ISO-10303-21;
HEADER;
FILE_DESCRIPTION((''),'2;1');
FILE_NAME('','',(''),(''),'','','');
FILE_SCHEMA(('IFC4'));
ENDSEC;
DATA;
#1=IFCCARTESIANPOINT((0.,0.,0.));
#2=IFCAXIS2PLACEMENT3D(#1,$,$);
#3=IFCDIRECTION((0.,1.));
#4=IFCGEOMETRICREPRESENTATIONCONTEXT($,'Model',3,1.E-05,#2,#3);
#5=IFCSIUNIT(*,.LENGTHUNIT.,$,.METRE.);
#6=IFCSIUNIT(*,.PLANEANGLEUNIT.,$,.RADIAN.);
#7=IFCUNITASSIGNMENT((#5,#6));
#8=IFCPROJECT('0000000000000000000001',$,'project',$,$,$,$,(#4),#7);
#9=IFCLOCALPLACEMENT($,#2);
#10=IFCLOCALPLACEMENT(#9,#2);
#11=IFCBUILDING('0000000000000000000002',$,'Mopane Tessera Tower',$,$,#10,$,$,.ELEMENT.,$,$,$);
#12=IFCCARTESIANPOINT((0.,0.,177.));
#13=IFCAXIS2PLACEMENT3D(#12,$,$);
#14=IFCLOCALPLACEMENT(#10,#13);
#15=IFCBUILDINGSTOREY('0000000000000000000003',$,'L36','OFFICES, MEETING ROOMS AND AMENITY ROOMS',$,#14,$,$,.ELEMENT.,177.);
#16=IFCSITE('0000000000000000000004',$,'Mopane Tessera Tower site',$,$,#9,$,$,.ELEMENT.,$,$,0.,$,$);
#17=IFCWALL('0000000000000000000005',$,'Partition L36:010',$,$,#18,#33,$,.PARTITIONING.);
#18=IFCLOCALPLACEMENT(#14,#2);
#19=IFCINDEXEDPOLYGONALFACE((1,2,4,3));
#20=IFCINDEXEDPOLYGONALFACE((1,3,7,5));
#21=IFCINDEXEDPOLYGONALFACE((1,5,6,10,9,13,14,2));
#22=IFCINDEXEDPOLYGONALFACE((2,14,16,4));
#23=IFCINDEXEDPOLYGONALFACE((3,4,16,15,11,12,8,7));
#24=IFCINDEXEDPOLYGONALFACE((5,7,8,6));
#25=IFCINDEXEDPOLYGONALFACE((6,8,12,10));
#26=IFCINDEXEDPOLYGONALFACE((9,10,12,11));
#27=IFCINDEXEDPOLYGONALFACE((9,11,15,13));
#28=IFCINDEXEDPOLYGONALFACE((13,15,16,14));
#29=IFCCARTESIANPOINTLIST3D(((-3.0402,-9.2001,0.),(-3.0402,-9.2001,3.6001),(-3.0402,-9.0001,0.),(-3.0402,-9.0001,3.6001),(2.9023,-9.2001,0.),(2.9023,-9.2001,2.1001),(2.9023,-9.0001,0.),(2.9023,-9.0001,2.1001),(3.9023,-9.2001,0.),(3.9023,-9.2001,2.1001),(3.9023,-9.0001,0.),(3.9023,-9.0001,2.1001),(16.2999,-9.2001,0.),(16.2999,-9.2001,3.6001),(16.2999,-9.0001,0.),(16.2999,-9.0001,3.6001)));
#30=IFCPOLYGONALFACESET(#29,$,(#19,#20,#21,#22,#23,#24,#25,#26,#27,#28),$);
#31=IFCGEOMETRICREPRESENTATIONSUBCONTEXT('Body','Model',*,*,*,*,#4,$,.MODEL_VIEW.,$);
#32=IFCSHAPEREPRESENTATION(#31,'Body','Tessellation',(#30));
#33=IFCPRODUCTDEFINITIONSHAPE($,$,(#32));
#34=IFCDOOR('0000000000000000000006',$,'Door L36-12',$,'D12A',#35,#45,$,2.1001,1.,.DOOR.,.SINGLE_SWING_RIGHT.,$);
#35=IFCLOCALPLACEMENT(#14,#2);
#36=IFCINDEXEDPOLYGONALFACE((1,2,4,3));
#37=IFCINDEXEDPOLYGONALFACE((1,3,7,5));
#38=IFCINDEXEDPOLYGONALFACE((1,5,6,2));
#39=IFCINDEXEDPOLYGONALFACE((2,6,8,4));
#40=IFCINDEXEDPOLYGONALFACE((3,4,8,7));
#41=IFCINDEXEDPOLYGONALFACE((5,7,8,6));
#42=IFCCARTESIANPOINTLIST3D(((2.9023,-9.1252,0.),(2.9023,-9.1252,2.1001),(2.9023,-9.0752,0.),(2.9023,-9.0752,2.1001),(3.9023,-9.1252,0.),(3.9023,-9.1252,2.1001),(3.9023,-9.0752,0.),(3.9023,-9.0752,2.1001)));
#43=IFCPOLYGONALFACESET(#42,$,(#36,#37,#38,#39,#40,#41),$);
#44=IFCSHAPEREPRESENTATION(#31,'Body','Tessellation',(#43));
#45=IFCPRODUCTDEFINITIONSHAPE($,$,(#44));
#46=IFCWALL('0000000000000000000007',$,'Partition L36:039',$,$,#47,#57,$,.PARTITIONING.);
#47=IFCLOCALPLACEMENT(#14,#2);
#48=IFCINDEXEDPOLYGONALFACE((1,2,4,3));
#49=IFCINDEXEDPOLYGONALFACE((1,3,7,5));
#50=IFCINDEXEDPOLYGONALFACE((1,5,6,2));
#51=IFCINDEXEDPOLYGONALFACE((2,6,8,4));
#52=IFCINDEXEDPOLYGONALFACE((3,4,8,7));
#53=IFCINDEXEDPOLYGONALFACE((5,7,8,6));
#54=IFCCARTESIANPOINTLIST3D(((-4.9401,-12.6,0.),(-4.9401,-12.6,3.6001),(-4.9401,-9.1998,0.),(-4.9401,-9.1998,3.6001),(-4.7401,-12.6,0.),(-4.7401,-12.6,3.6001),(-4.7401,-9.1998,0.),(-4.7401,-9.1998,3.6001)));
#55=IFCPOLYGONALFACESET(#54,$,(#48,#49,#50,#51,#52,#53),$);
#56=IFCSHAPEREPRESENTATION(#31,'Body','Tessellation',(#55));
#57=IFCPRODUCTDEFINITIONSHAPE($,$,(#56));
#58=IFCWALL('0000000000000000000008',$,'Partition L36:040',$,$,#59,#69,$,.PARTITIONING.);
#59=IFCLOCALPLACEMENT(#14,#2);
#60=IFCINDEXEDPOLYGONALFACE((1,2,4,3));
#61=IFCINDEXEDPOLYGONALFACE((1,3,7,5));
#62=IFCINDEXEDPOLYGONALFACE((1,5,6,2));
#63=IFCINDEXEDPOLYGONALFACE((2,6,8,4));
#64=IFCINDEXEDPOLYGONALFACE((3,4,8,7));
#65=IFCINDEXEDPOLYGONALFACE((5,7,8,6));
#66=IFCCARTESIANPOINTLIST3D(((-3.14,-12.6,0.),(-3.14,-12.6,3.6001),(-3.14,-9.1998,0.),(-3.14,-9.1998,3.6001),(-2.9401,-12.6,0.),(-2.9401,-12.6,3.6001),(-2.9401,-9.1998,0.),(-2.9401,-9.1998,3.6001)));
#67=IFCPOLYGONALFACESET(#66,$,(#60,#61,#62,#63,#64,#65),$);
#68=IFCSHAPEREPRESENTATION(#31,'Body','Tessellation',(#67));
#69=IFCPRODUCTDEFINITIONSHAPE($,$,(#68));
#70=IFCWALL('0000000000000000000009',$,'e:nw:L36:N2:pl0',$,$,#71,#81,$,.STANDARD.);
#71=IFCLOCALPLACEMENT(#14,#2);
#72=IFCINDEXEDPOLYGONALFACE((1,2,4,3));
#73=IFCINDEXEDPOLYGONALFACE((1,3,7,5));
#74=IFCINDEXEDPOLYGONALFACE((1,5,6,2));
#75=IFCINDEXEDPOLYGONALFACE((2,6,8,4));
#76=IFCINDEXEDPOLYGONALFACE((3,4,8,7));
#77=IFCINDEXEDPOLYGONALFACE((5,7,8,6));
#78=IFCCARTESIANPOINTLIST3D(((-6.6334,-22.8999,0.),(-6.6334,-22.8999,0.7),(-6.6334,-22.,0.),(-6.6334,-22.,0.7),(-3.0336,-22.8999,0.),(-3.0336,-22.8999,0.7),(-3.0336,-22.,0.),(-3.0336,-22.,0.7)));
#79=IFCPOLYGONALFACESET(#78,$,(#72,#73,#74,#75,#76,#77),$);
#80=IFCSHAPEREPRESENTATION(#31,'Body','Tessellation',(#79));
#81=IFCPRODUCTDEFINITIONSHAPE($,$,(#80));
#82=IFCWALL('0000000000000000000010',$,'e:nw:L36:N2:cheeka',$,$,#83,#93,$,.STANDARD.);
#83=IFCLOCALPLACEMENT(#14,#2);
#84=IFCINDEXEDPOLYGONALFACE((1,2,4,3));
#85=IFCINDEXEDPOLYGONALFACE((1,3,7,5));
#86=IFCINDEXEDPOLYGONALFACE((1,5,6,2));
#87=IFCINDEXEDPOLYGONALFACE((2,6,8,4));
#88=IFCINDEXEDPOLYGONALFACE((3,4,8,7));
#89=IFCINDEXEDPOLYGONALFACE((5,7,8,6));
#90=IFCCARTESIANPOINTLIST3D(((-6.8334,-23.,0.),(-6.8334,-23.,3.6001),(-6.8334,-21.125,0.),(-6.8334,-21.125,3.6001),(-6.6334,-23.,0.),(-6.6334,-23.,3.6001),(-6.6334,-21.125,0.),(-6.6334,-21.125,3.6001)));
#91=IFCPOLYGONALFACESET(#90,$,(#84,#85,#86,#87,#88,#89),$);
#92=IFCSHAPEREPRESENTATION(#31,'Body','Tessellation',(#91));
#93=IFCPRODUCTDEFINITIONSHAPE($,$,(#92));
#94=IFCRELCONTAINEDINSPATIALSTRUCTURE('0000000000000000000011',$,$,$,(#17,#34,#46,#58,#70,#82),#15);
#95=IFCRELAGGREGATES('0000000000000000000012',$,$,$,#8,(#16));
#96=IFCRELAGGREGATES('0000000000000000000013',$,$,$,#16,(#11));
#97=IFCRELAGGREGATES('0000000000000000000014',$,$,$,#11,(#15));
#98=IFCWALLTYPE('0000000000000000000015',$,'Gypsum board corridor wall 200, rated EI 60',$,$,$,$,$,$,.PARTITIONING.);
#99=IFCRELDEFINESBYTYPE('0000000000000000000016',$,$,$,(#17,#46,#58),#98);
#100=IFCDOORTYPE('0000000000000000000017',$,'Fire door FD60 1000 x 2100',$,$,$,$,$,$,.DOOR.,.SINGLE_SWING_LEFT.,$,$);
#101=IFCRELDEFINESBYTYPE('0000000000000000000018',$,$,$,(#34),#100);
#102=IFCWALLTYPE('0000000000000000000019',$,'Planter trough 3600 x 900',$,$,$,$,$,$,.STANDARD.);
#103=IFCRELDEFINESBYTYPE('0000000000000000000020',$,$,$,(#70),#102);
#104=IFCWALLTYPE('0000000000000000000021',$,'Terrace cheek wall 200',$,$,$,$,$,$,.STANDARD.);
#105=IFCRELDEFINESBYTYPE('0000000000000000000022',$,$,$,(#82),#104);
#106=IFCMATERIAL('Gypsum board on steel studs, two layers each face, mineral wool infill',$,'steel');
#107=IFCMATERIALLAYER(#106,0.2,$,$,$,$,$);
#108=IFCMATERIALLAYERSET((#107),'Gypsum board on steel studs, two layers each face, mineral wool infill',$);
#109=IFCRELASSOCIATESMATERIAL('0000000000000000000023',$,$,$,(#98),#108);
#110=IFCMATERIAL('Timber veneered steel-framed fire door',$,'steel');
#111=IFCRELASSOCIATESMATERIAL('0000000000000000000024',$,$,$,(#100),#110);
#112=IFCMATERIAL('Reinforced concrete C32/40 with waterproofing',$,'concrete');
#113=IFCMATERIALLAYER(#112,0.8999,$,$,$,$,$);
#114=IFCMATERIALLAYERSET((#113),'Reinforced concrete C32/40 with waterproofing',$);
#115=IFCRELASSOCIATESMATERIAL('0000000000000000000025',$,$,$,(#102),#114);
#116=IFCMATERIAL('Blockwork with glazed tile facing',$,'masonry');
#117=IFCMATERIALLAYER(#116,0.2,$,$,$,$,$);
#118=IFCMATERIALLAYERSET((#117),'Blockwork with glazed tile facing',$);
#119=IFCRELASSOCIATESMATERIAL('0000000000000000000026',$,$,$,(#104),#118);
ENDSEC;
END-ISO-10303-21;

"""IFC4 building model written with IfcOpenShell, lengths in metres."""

from ifc_helpers import new_model, si_unit, direction, frame, frame_2d, origin, place, context, subcontext, project, spatial, rectangle, extrude, material, layer, layer_set, type_object, element, fill, save


model = new_model("IFC4")

# Units and contexts
model_context = context("Model", 3, precision=1e-05, world=origin(), true_north=direction((0.0, 1.0)))
body_context = subcontext(model_context, "Body", "Model", "MODEL_VIEW")
ifc_project = project(units=[si_unit("LENGTHUNIT", "METRE"), si_unit("PLANEANGLEUNIT", "RADIAN")], contexts=[model_context])

# Site, building, storey
site_placement = place(None, origin())
site = spatial("IfcSite", under=ifc_project, at=site_placement, Name="Mopane Tessera Tower site", CompositionType="ELEMENT", RefElevation=0.0)
building_placement = place(site_placement, origin())
building = spatial("IfcBuilding", under=site, at=building_placement, Name="Mopane Tessera Tower", CompositionType="ELEMENT")
storey_placement = place(building_placement, frame((0.0, 0.0, 177.0)))
storey = spatial("IfcBuildingStorey", under=building, at=storey_placement, Name="L36", Description="OFFICES, MEETING ROOMS AND AMENITY ROOMS", CompositionType="ELEMENT", Elevation=177.0)

# Wall, opening, door
ifc_material_1 = material(Name="Gypsum board on steel studs, two layers each face, mineral wool infill", Category="steel")
ifc_layer_1 = layer(ifc_material_1, 0.2)
ifc_layer_set_1 = layer_set([ifc_layer_1], Name="Gypsum board on steel studs, two layers each face, mineral wool infill")
wall_type_1 = type_object("IfcWallType", Name="Gypsum board corridor wall 200, rated EI 60", PredefinedType="PARTITIONING", material=ifc_layer_set_1)
wall_1_placement = place(storey_placement, frame((-3.04, -9.1001, 0.0), z_axis=(0.0, 0.0, 1.0), x_axis=(1.0, 0.0, 0.0)))
wall_1 = element("IfcWall", 1, at=wall_1_placement, inside=storey, type_object=wall_type_1, Name="Partition L36:010", PredefinedType="PARTITIONING", context=body_context, shape_type="SweptSolid", body=[
    extrude(rectangle(XDim=19.3401, YDim=0.2, at=frame_2d((9.6699, 0.0))), origin(), (0.0, 0.0, 1.0), 3.6001),
])
opening_1_placement = place(wall_1_placement, frame((5.9424, 0.0, 0.0)))
opening_1 = element("IfcOpeningElement", 2, at=opening_1_placement, cuts=wall_1, PredefinedType="OPENING", context=body_context, shape_type="SweptSolid", body=[
    extrude(rectangle(XDim=1.0, YDim=2.1001, at=frame_2d((0.5, 1.05))), frame((0.0, 0.1121, 0.0), z_axis=(0.0, -1.0, 0.0), x_axis=(1.0, 0.0, 0.0)), (0.0, 0.0, 1.0), 0.2239),
])
ifc_material_2 = material(Name="Timber veneered steel-framed fire door", Category="steel")
door_type_1 = type_object("IfcDoorType", Name="Fire door FD60 1000 x 2100", OperationType="SINGLE_SWING_LEFT", PredefinedType="DOOR", material=ifc_material_2)
door_1_placement = place(opening_1_placement, origin())
door_1 = element("IfcDoor", 3, at=door_1_placement, inside=storey, type_object=door_type_1, Name="Door L36-12", ObjectType="D12A", OperationType="SINGLE_SWING_RIGHT", OverallHeight=2.1001, OverallWidth=1.0, PredefinedType="DOOR", context=body_context, shape_type="SweptSolid", body=[
    extrude(rectangle(XDim=1.0, YDim=2.1001, at=frame_2d((0.5, 1.05))), frame((0.0, 0.0249, 0.0), z_axis=(0.0, -1.0, 0.0), x_axis=(1.0, 0.0, 0.0)), (0.0, 0.0, 1.0), 0.05),
])
fill(opening_1, door_1)

# Walls
for number, where, z_axis, x_axis, name in (
    (4, (-4.8401, -12.6001, 0.0), (0.0, 0.0, 1.0), (0.0, 1.0, 0.0), "Partition L36:039"),
    (5, (-3.04, -12.6001, 0.0), (0.0, 0.0, 1.0), (0.0, 1.0, 0.0), "Partition L36:040"),
):
    element("IfcWall", number, at=place(storey_placement, frame(where, z_axis=z_axis, x_axis=x_axis)), inside=storey, type_object=wall_type_1, Name=name, PredefinedType="PARTITIONING", context=body_context, shape_type="SweptSolid", body=[
        extrude(rectangle(XDim=3.4001, YDim=0.2, at=frame_2d((1.7002, 0.0))), origin(), (0.0, 0.0, 1.0), 3.6001),
    ])
ifc_material_3 = material(Name="Reinforced concrete C32/40 with waterproofing", Category="concrete")
ifc_layer_2 = layer(ifc_material_3, 0.8999)
ifc_layer_set_2 = layer_set([ifc_layer_2], Name="Reinforced concrete C32/40 with waterproofing")
wall_type_2 = type_object("IfcWallType", Name="Planter trough 3600 x 900", PredefinedType="STANDARD", material=ifc_layer_set_2)
wall_2_placement = place(storey_placement, frame((-6.6333, -22.45, 0.0), z_axis=(0.0, 0.0, 1.0), x_axis=(1.0, 0.0, 0.0)))
element("IfcWall", 6, at=wall_2_placement, inside=storey, type_object=wall_type_2, Name="e:nw:L36:N2:pl0", PredefinedType="STANDARD", context=body_context, shape_type="SweptSolid", body=[
    extrude(rectangle(XDim=3.5999, YDim=0.8999, at=frame_2d((1.7998, 0.0))), origin(), (0.0, 0.0, 1.0), 0.7),
])
ifc_material_4 = material(Name="Blockwork with glazed tile facing", Category="masonry")
ifc_layer_3 = layer(ifc_material_4, 0.2)
ifc_layer_set_3 = layer_set([ifc_layer_3], Name="Blockwork with glazed tile facing")
wall_type_3 = type_object("IfcWallType", Name="Terrace cheek wall 200", PredefinedType="STANDARD", material=ifc_layer_set_3)
wall_3_placement = place(storey_placement, frame((-6.7334, -23.0, 0.0), z_axis=(0.0, 0.0, 1.0), x_axis=(0.0, 1.0, 0.0)))
element("IfcWall", 7, at=wall_3_placement, inside=storey, type_object=wall_type_3, Name="e:nw:L36:N2:cheeka", PredefinedType="STANDARD", context=body_context, shape_type="SweptSolid", body=[
    extrude(rectangle(XDim=1.875, YDim=0.2, at=frame_2d((0.9375, 0.0))), origin(), (0.0, 0.0, 1.0), 3.6001),
])

save(model, "model.ifc")
